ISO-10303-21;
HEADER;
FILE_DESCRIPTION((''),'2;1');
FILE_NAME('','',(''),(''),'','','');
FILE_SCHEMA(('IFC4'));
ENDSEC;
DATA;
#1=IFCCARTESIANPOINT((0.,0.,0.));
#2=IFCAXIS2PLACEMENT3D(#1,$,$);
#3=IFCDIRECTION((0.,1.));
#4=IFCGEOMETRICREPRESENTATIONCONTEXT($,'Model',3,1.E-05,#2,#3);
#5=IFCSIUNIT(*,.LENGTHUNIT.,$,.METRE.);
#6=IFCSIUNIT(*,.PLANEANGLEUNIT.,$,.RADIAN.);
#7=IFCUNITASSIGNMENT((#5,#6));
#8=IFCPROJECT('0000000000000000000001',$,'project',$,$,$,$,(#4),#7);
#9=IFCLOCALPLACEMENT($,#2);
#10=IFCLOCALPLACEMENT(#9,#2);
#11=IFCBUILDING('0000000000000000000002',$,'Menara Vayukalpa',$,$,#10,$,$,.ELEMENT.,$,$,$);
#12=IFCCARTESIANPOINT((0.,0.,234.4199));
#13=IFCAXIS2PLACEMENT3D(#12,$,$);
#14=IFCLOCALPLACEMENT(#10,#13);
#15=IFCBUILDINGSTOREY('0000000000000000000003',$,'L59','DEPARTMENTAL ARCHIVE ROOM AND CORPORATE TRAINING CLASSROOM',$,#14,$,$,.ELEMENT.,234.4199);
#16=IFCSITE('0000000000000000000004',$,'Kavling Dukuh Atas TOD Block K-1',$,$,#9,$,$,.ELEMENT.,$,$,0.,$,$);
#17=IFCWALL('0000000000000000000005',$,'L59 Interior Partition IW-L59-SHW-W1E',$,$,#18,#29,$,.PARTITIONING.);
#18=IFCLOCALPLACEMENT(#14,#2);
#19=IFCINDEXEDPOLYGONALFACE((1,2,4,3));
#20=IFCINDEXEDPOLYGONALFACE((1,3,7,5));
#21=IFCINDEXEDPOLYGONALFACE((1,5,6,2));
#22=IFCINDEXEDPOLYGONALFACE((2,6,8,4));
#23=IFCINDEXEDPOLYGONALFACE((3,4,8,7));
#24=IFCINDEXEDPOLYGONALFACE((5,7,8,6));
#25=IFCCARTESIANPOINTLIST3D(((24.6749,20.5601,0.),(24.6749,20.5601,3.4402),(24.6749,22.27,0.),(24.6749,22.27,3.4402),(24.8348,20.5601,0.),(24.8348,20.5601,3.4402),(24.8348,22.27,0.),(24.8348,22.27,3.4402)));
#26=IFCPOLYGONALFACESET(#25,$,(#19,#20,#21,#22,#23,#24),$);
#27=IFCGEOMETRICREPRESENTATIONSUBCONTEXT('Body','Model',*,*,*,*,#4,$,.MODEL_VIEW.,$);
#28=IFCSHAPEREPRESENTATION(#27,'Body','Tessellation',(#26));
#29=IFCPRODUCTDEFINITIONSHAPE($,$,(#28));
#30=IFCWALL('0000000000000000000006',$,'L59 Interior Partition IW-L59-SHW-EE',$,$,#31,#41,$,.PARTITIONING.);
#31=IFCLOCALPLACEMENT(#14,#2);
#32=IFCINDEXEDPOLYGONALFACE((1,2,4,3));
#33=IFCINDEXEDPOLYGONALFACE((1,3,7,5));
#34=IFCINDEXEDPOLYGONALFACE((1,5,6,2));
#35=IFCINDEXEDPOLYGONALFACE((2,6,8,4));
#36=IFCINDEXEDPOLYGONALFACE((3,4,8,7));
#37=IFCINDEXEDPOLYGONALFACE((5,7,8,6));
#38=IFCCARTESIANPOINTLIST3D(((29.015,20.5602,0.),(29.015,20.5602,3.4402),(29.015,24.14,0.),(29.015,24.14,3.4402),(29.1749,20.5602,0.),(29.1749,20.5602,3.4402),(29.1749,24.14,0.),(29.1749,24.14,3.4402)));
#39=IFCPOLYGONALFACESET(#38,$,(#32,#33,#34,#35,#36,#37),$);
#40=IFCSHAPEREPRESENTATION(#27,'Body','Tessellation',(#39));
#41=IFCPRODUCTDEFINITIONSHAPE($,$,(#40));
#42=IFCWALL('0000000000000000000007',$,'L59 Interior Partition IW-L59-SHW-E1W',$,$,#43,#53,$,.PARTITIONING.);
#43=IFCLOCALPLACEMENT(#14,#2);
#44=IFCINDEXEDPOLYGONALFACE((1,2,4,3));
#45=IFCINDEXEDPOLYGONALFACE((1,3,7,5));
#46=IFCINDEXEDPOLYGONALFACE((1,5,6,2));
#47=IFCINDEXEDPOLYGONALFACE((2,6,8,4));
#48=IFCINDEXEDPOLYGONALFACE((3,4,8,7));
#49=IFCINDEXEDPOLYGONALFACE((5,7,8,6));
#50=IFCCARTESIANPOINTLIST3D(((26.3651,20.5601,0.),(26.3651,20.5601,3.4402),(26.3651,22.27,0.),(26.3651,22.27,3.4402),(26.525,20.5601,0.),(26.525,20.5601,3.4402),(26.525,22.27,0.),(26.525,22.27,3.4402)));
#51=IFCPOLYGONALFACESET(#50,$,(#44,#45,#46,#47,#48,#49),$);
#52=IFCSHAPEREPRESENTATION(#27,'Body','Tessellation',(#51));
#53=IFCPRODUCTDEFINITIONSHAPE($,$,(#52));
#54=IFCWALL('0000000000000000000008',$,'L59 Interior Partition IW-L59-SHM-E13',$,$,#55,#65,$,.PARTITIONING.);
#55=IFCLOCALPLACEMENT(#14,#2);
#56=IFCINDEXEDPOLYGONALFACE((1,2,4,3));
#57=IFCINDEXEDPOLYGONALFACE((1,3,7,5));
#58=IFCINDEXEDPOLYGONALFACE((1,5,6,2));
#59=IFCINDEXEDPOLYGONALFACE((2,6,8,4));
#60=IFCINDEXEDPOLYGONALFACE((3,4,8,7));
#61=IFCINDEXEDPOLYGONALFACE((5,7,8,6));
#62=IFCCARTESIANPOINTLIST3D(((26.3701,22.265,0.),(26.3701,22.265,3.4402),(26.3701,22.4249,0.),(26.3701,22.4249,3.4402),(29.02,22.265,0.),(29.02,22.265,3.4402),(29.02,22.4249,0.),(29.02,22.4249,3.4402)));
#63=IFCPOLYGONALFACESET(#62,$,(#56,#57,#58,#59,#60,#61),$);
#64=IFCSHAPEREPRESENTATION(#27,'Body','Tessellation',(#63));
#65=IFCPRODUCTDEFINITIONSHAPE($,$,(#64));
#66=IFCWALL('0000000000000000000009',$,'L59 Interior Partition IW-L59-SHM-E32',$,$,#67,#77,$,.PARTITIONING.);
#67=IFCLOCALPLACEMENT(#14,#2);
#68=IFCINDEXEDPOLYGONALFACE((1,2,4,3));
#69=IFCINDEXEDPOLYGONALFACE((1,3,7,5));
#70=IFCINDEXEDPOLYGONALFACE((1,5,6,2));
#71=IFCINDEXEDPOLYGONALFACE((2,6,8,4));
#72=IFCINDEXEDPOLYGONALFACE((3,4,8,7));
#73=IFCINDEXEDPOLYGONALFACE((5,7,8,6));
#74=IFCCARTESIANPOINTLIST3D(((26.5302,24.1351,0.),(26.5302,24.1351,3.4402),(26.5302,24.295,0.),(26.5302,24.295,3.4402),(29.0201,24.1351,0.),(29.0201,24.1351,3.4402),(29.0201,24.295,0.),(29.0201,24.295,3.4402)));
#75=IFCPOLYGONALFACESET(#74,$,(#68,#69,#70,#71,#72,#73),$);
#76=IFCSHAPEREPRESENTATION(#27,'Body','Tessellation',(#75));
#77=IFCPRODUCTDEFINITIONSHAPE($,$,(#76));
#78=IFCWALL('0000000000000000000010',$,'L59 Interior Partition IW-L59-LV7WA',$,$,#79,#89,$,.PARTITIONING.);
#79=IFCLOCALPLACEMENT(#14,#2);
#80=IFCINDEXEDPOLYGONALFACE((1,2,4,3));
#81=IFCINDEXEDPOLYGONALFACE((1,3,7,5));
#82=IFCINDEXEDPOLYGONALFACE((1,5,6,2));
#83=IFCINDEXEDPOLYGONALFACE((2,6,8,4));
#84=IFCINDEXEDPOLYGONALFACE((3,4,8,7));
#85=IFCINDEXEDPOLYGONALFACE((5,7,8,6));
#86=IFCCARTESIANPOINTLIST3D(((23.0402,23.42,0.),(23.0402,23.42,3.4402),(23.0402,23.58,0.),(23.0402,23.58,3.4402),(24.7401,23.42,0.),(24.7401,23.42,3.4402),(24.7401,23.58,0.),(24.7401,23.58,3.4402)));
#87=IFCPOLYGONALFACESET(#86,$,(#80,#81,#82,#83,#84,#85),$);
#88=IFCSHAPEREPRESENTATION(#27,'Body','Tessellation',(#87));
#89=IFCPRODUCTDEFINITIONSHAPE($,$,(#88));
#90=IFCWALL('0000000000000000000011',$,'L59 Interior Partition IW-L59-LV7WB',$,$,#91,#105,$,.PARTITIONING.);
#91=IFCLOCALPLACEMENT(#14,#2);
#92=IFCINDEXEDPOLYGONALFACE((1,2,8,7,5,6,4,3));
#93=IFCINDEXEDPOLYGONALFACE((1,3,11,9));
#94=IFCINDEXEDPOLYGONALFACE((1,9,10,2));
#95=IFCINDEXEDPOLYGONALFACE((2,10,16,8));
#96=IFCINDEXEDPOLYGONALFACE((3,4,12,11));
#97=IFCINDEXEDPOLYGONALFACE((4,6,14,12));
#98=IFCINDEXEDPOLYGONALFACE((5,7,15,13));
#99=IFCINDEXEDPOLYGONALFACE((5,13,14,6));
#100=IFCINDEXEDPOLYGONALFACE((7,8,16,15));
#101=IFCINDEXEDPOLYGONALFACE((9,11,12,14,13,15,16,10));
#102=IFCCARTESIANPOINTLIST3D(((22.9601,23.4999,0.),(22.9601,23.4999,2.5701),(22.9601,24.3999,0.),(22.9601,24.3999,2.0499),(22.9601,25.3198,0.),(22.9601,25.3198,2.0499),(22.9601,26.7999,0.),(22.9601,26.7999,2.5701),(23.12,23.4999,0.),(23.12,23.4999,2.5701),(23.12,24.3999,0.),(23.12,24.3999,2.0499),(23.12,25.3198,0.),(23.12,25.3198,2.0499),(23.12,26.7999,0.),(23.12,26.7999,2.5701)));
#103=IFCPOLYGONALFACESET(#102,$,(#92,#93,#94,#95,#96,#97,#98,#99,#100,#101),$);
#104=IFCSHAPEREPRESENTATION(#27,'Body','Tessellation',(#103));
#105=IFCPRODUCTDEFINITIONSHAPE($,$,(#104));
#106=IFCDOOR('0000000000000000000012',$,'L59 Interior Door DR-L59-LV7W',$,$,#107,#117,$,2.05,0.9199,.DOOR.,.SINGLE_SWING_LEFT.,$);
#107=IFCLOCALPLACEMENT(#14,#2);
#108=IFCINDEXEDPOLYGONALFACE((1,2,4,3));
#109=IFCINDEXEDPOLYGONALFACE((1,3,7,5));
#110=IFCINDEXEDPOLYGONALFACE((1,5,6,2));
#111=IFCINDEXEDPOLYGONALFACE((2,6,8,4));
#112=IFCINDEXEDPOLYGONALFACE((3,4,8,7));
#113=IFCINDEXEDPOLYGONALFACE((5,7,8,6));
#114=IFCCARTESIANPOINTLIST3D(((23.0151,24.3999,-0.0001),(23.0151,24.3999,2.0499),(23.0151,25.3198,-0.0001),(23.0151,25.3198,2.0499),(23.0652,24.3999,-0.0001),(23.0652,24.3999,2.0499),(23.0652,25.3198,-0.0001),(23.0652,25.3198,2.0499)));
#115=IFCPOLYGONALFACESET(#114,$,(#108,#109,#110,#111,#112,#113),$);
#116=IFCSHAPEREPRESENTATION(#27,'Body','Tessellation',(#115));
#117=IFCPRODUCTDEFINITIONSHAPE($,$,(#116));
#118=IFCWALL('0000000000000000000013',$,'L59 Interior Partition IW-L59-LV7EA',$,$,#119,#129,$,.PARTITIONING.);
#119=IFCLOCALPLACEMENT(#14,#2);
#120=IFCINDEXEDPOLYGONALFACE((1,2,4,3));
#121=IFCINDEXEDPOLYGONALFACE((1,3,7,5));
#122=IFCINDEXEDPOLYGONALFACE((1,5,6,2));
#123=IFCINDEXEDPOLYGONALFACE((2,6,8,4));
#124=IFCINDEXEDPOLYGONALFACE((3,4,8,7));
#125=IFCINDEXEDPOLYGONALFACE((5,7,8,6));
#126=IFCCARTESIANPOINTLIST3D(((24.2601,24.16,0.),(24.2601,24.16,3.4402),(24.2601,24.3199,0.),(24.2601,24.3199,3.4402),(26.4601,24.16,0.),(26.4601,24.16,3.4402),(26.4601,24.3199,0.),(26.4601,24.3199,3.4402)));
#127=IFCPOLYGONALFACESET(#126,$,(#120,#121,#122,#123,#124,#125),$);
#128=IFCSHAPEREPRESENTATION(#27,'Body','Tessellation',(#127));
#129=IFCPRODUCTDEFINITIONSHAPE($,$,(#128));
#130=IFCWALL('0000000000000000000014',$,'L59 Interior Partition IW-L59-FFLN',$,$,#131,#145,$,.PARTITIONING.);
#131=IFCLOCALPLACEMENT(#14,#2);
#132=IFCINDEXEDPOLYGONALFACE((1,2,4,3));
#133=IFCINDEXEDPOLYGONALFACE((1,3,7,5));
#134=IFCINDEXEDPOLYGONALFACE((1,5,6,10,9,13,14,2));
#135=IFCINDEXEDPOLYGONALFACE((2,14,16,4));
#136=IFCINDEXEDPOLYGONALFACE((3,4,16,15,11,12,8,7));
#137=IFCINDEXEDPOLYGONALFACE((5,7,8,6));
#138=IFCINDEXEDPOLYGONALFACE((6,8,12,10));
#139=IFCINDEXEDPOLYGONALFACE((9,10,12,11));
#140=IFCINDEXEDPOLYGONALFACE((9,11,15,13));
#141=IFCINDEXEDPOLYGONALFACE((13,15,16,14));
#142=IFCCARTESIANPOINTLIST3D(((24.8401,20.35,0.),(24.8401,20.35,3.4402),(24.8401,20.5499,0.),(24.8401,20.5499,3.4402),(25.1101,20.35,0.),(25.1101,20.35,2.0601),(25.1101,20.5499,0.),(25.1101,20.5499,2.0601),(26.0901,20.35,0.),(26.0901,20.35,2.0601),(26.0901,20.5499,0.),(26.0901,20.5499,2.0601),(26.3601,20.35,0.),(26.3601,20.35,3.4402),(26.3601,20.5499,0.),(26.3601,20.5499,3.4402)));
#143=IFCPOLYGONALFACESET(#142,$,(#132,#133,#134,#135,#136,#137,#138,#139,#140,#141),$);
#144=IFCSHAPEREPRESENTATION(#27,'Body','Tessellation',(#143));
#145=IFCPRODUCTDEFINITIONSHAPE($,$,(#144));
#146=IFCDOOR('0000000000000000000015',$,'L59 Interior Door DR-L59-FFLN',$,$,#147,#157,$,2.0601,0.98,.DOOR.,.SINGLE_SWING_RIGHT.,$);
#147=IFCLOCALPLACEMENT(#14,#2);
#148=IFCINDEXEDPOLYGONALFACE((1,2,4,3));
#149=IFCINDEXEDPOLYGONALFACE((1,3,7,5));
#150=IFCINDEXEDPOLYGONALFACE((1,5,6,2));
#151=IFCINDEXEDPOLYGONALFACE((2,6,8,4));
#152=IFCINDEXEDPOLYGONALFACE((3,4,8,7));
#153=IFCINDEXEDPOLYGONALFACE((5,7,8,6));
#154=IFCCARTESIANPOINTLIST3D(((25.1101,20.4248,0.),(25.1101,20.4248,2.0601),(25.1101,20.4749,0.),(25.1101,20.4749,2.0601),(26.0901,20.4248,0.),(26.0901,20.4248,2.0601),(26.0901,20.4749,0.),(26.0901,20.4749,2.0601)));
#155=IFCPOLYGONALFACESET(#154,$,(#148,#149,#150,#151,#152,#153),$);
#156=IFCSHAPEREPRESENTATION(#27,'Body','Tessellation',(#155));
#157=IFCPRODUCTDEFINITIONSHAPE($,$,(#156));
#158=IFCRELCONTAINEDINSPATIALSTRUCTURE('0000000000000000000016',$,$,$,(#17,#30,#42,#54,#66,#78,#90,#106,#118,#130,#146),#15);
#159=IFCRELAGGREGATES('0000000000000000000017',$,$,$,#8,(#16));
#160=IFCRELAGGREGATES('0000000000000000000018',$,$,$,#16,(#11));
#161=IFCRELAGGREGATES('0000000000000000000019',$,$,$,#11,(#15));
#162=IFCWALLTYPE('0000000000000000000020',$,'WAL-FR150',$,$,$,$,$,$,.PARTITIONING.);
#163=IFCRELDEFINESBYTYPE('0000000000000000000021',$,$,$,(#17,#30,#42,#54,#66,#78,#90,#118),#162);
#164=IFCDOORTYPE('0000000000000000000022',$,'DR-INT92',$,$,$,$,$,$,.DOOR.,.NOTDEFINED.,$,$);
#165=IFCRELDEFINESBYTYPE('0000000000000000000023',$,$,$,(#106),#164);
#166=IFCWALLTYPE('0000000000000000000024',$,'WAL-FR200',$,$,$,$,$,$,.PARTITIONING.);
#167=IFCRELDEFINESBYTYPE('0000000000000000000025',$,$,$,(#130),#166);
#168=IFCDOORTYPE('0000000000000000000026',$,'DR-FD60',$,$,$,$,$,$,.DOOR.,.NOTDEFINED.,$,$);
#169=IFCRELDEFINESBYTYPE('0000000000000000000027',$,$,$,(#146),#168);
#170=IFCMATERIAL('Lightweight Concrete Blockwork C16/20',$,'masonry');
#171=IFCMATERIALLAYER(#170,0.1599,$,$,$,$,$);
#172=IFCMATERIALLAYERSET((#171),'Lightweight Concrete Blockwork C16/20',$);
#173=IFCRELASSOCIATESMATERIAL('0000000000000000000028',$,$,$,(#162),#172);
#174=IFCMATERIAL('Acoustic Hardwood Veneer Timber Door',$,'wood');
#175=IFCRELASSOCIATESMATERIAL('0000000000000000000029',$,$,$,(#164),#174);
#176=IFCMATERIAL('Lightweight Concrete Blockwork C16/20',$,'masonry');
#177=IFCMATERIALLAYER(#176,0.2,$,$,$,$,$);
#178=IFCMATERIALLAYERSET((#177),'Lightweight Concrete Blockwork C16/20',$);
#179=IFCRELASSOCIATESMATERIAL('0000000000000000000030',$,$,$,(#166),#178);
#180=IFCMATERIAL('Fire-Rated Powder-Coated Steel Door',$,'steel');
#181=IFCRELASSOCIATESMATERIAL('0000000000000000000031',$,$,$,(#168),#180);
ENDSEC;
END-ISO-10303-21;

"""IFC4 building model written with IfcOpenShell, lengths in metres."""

from ifc_helpers import new_model, si_unit, direction, frame, frame_2d, origin, place, context, subcontext, project, spatial, rectangle, extrude, material, layer, layer_set, type_object, element, fill, save


model = new_model("IFC4")

# Units and contexts
model_context = context("Model", 3, precision=1e-05, world=origin(), true_north=direction((0.0, 1.0)))
body_context = subcontext(model_context, "Body", "Model", "MODEL_VIEW")
ifc_project = project(units=[si_unit("LENGTHUNIT", "METRE"), si_unit("PLANEANGLEUNIT", "RADIAN")], contexts=[model_context])

# Site, building, storey
site_placement = place(None, origin())
site = spatial("IfcSite", under=ifc_project, at=site_placement, Name="Kavling Dukuh Atas TOD Block K-1", CompositionType="ELEMENT", RefElevation=0.0)
building_placement = place(site_placement, origin())
building = spatial("IfcBuilding", under=site, at=building_placement, Name="Menara Vayukalpa", CompositionType="ELEMENT")
storey_placement = place(building_placement, frame((0.0, 0.0, 234.4199)))
storey = spatial("IfcBuildingStorey", under=building, at=storey_placement, Name="L59", Description="DEPARTMENTAL ARCHIVE ROOM AND CORPORATE TRAINING CLASSROOM", CompositionType="ELEMENT", Elevation=234.4199)

# Walls
ifc_material_1 = material(Name="Lightweight Concrete Blockwork C16/20", Category="masonry")
ifc_layer_1 = layer(ifc_material_1, 0.1599)
ifc_layer_set_1 = layer_set([ifc_layer_1], Name="Lightweight Concrete Blockwork C16/20")
wall_type_1 = type_object("IfcWallType", Name="WAL-FR150", PredefinedType="PARTITIONING", material=ifc_layer_set_1)
wall_1_placement = place(storey_placement, frame((24.7549, 20.5601, 0.0), z_axis=(0.0, 0.0, 1.0), x_axis=(0.0, 1.0, 0.0)))
element("IfcWall", 1, at=wall_1_placement, inside=storey, type_object=wall_type_1, Name="L59 Interior Partition IW-L59-SHW-W1E", PredefinedType="PARTITIONING", context=body_context, shape_type="SweptSolid", body=[
    extrude(rectangle(XDim=1.71, YDim=0.1599, at=frame_2d((0.855, 0.0))), origin(), (0.0, 0.0, 1.0), 3.4402),
])
wall_2_placement = place(storey_placement, frame((29.095, 20.5601, 0.0), z_axis=(0.0, 0.0, 1.0), x_axis=(0.0, 1.0, 0.0)))
element("IfcWall", 2, at=wall_2_placement, inside=storey, type_object=wall_type_1, Name="L59 Interior Partition IW-L59-SHW-EE", PredefinedType="PARTITIONING", context=body_context, shape_type="SweptSolid", body=[
    extrude(rectangle(XDim=3.5798, YDim=0.1599, at=frame_2d((1.79, 0.0))), origin(), (0.0, 0.0, 1.0), 3.4402),
])
wall_3_placement = place(storey_placement, frame((26.4451, 20.5601, 0.0), z_axis=(0.0, 0.0, 1.0), x_axis=(0.0, 1.0, 0.0)))
element("IfcWall", 3, at=wall_3_placement, inside=storey, type_object=wall_type_1, Name="L59 Interior Partition IW-L59-SHW-E1W", PredefinedType="PARTITIONING", context=body_context, shape_type="SweptSolid", body=[
    extrude(rectangle(XDim=1.71, YDim=0.1599, at=frame_2d((0.855, 0.0))), origin(), (0.0, 0.0, 1.0), 3.4402),
])
wall_4_placement = place(storey_placement, frame((26.3701, 22.345, 0.0), z_axis=(0.0, 0.0, 1.0), x_axis=(1.0, 0.0, 0.0)))
element("IfcWall", 4, at=wall_4_placement, inside=storey, type_object=wall_type_1, Name="L59 Interior Partition IW-L59-SHM-E13", PredefinedType="PARTITIONING", context=body_context, shape_type="SweptSolid", body=[
    extrude(rectangle(XDim=2.6499, YDim=0.1599, at=frame_2d((1.325, 0.0))), origin(), (0.0, 0.0, 1.0), 3.4402),
])
wall_5_placement = place(storey_placement, frame((26.53, 24.2151, 0.0), z_axis=(0.0, 0.0, 1.0), x_axis=(1.0, 0.0, 0.0)))
element("IfcWall", 5, at=wall_5_placement, inside=storey, type_object=wall_type_1, Name="L59 Interior Partition IW-L59-SHM-E32", PredefinedType="PARTITIONING", context=body_context, shape_type="SweptSolid", body=[
    extrude(rectangle(XDim=2.49, YDim=0.1599, at=frame_2d((1.2451, 0.0))), origin(), (0.0, 0.0, 1.0), 3.4402),
])
wall_6_placement = place(storey_placement, frame((23.04, 23.5, 0.0), z_axis=(0.0, 0.0, 1.0), x_axis=(1.0, 0.0, 0.0)))
element("IfcWall", 6, at=wall_6_placement, inside=storey, type_object=wall_type_1, Name="L59 Interior Partition IW-L59-LV7WA", PredefinedType="PARTITIONING", context=body_context, shape_type="SweptSolid", body=[
    extrude(rectangle(XDim=1.7, YDim=0.1599, at=frame_2d((0.8501, 0.0))), origin(), (0.0, 0.0, 1.0), 3.4402),
])

# Wall, opening, door
wall_7_placement = place(storey_placement, frame((23.04, 23.5, 0.0), z_axis=(0.0, 0.0, 1.0), x_axis=(0.0, 1.0, 0.0)))
wall_7 = element("IfcWall", 7, at=wall_7_placement, inside=storey, type_object=wall_type_1, Name="L59 Interior Partition IW-L59-LV7WB", PredefinedType="PARTITIONING", context=body_context, shape_type="SweptSolid", body=[
    extrude(rectangle(XDim=3.3, YDim=0.1599, at=frame_2d((1.6499, 0.0))), origin(), (0.0, 0.0, 1.0), 2.5701),
])
opening_1_placement = place(wall_7_placement, frame((0.8999, 0.0, 0.0)))
opening_1 = element("IfcOpeningElement", 8, at=opening_1_placement, cuts=wall_7, PredefinedType="OPENING", context=body_context, shape_type="SweptSolid", body=[
    extrude(rectangle(XDim=0.9199, YDim=2.05, at=frame_2d((0.46, 1.0249))), frame((0.0, 0.0898, 0.0), z_axis=(0.0, -1.0, 0.0), x_axis=(1.0, 0.0, 0.0)), (0.0, 0.0, 1.0), 0.1799),
])
ifc_material_2 = material(Name="Acoustic Hardwood Veneer Timber Door", Category="wood")
door_type_1 = type_object("IfcDoorType", Name="DR-INT92", OperationType="NOTDEFINED", PredefinedType="DOOR", material=ifc_material_2)
door_1_placement = place(opening_1_placement, origin())
door_1 = element("IfcDoor", 9, at=door_1_placement, inside=storey, type_object=door_type_1, Name="L59 Interior Door DR-L59-LV7W", OperationType="SINGLE_SWING_LEFT", OverallHeight=2.05, OverallWidth=0.9199, PredefinedType="DOOR", context=body_context, shape_type="SweptSolid", body=[
    extrude(rectangle(XDim=0.9199, YDim=2.05, at=frame_2d((0.46, 1.0249))), frame((0.0, 0.0249, 0.0), z_axis=(0.0, -1.0, 0.0), x_axis=(1.0, 0.0, 0.0)), (0.0, 0.0, 1.0), 0.05),
])
fill(opening_1, door_1)

# Wall
wall_8_placement = place(storey_placement, frame((24.26, 24.24, 0.0), z_axis=(0.0, 0.0, 1.0), x_axis=(1.0, 0.0, 0.0)))
element("IfcWall", 10, at=wall_8_placement, inside=storey, type_object=wall_type_1, Name="L59 Interior Partition IW-L59-LV7EA", PredefinedType="PARTITIONING", context=body_context, shape_type="SweptSolid", body=[
    extrude(rectangle(XDim=2.2, YDim=0.1599, at=frame_2d((1.1001, 0.0))), origin(), (0.0, 0.0, 1.0), 3.4402),
])

# Wall, opening, door
ifc_material_3 = material(Name="Lightweight Concrete Blockwork C16/20", Category="masonry")
ifc_layer_2 = layer(ifc_material_3, 0.2)
ifc_layer_set_2 = layer_set([ifc_layer_2], Name="Lightweight Concrete Blockwork C16/20")
wall_type_2 = type_object("IfcWallType", Name="WAL-FR200", PredefinedType="PARTITIONING", material=ifc_layer_set_2)
wall_9_placement = place(storey_placement, frame((24.8401, 20.45, 0.0), z_axis=(0.0, 0.0, 1.0), x_axis=(1.0, 0.0, 0.0)))
wall_9 = element("IfcWall", 11, at=wall_9_placement, inside=storey, type_object=wall_type_2, Name="L59 Interior Partition IW-L59-FFLN", PredefinedType="PARTITIONING", context=body_context, shape_type="SweptSolid", body=[
    extrude(rectangle(XDim=1.52, YDim=0.2, at=frame_2d((0.76, 0.0))), origin(), (0.0, 0.0, 1.0), 3.4402),
])
opening_2_placement = place(wall_9_placement, frame((0.27, 0.0, 0.0)))
opening_2 = element("IfcOpeningElement", 12, at=opening_2_placement, cuts=wall_9, PredefinedType="OPENING", context=body_context, shape_type="SweptSolid", body=[
    extrude(rectangle(XDim=0.98, YDim=2.0601, at=frame_2d((0.49, 1.03))), frame((0.0, 0.1099, 0.0), z_axis=(0.0, -1.0, 0.0), x_axis=(1.0, 0.0, 0.0)), (0.0, 0.0, 1.0), 0.22),
])
ifc_material_4 = material(Name="Fire-Rated Powder-Coated Steel Door", Category="steel")
door_type_2 = type_object("IfcDoorType", Name="DR-FD60", OperationType="NOTDEFINED", PredefinedType="DOOR", material=ifc_material_4)
door_2_placement = place(opening_2_placement, origin())
door_2 = element("IfcDoor", 13, at=door_2_placement, inside=storey, type_object=door_type_2, Name="L59 Interior Door DR-L59-FFLN", OperationType="SINGLE_SWING_RIGHT", OverallHeight=2.0601, OverallWidth=0.98, PredefinedType="DOOR", context=body_context, shape_type="SweptSolid", body=[
    extrude(rectangle(XDim=0.98, YDim=2.0601, at=frame_2d((0.49, 1.03))), frame((0.0, 0.0249, 0.0), z_axis=(0.0, -1.0, 0.0), x_axis=(1.0, 0.0, 0.0)), (0.0, 0.0, 1.0), 0.05),
])
fill(opening_2, door_2)

save(model, "model.ifc")
